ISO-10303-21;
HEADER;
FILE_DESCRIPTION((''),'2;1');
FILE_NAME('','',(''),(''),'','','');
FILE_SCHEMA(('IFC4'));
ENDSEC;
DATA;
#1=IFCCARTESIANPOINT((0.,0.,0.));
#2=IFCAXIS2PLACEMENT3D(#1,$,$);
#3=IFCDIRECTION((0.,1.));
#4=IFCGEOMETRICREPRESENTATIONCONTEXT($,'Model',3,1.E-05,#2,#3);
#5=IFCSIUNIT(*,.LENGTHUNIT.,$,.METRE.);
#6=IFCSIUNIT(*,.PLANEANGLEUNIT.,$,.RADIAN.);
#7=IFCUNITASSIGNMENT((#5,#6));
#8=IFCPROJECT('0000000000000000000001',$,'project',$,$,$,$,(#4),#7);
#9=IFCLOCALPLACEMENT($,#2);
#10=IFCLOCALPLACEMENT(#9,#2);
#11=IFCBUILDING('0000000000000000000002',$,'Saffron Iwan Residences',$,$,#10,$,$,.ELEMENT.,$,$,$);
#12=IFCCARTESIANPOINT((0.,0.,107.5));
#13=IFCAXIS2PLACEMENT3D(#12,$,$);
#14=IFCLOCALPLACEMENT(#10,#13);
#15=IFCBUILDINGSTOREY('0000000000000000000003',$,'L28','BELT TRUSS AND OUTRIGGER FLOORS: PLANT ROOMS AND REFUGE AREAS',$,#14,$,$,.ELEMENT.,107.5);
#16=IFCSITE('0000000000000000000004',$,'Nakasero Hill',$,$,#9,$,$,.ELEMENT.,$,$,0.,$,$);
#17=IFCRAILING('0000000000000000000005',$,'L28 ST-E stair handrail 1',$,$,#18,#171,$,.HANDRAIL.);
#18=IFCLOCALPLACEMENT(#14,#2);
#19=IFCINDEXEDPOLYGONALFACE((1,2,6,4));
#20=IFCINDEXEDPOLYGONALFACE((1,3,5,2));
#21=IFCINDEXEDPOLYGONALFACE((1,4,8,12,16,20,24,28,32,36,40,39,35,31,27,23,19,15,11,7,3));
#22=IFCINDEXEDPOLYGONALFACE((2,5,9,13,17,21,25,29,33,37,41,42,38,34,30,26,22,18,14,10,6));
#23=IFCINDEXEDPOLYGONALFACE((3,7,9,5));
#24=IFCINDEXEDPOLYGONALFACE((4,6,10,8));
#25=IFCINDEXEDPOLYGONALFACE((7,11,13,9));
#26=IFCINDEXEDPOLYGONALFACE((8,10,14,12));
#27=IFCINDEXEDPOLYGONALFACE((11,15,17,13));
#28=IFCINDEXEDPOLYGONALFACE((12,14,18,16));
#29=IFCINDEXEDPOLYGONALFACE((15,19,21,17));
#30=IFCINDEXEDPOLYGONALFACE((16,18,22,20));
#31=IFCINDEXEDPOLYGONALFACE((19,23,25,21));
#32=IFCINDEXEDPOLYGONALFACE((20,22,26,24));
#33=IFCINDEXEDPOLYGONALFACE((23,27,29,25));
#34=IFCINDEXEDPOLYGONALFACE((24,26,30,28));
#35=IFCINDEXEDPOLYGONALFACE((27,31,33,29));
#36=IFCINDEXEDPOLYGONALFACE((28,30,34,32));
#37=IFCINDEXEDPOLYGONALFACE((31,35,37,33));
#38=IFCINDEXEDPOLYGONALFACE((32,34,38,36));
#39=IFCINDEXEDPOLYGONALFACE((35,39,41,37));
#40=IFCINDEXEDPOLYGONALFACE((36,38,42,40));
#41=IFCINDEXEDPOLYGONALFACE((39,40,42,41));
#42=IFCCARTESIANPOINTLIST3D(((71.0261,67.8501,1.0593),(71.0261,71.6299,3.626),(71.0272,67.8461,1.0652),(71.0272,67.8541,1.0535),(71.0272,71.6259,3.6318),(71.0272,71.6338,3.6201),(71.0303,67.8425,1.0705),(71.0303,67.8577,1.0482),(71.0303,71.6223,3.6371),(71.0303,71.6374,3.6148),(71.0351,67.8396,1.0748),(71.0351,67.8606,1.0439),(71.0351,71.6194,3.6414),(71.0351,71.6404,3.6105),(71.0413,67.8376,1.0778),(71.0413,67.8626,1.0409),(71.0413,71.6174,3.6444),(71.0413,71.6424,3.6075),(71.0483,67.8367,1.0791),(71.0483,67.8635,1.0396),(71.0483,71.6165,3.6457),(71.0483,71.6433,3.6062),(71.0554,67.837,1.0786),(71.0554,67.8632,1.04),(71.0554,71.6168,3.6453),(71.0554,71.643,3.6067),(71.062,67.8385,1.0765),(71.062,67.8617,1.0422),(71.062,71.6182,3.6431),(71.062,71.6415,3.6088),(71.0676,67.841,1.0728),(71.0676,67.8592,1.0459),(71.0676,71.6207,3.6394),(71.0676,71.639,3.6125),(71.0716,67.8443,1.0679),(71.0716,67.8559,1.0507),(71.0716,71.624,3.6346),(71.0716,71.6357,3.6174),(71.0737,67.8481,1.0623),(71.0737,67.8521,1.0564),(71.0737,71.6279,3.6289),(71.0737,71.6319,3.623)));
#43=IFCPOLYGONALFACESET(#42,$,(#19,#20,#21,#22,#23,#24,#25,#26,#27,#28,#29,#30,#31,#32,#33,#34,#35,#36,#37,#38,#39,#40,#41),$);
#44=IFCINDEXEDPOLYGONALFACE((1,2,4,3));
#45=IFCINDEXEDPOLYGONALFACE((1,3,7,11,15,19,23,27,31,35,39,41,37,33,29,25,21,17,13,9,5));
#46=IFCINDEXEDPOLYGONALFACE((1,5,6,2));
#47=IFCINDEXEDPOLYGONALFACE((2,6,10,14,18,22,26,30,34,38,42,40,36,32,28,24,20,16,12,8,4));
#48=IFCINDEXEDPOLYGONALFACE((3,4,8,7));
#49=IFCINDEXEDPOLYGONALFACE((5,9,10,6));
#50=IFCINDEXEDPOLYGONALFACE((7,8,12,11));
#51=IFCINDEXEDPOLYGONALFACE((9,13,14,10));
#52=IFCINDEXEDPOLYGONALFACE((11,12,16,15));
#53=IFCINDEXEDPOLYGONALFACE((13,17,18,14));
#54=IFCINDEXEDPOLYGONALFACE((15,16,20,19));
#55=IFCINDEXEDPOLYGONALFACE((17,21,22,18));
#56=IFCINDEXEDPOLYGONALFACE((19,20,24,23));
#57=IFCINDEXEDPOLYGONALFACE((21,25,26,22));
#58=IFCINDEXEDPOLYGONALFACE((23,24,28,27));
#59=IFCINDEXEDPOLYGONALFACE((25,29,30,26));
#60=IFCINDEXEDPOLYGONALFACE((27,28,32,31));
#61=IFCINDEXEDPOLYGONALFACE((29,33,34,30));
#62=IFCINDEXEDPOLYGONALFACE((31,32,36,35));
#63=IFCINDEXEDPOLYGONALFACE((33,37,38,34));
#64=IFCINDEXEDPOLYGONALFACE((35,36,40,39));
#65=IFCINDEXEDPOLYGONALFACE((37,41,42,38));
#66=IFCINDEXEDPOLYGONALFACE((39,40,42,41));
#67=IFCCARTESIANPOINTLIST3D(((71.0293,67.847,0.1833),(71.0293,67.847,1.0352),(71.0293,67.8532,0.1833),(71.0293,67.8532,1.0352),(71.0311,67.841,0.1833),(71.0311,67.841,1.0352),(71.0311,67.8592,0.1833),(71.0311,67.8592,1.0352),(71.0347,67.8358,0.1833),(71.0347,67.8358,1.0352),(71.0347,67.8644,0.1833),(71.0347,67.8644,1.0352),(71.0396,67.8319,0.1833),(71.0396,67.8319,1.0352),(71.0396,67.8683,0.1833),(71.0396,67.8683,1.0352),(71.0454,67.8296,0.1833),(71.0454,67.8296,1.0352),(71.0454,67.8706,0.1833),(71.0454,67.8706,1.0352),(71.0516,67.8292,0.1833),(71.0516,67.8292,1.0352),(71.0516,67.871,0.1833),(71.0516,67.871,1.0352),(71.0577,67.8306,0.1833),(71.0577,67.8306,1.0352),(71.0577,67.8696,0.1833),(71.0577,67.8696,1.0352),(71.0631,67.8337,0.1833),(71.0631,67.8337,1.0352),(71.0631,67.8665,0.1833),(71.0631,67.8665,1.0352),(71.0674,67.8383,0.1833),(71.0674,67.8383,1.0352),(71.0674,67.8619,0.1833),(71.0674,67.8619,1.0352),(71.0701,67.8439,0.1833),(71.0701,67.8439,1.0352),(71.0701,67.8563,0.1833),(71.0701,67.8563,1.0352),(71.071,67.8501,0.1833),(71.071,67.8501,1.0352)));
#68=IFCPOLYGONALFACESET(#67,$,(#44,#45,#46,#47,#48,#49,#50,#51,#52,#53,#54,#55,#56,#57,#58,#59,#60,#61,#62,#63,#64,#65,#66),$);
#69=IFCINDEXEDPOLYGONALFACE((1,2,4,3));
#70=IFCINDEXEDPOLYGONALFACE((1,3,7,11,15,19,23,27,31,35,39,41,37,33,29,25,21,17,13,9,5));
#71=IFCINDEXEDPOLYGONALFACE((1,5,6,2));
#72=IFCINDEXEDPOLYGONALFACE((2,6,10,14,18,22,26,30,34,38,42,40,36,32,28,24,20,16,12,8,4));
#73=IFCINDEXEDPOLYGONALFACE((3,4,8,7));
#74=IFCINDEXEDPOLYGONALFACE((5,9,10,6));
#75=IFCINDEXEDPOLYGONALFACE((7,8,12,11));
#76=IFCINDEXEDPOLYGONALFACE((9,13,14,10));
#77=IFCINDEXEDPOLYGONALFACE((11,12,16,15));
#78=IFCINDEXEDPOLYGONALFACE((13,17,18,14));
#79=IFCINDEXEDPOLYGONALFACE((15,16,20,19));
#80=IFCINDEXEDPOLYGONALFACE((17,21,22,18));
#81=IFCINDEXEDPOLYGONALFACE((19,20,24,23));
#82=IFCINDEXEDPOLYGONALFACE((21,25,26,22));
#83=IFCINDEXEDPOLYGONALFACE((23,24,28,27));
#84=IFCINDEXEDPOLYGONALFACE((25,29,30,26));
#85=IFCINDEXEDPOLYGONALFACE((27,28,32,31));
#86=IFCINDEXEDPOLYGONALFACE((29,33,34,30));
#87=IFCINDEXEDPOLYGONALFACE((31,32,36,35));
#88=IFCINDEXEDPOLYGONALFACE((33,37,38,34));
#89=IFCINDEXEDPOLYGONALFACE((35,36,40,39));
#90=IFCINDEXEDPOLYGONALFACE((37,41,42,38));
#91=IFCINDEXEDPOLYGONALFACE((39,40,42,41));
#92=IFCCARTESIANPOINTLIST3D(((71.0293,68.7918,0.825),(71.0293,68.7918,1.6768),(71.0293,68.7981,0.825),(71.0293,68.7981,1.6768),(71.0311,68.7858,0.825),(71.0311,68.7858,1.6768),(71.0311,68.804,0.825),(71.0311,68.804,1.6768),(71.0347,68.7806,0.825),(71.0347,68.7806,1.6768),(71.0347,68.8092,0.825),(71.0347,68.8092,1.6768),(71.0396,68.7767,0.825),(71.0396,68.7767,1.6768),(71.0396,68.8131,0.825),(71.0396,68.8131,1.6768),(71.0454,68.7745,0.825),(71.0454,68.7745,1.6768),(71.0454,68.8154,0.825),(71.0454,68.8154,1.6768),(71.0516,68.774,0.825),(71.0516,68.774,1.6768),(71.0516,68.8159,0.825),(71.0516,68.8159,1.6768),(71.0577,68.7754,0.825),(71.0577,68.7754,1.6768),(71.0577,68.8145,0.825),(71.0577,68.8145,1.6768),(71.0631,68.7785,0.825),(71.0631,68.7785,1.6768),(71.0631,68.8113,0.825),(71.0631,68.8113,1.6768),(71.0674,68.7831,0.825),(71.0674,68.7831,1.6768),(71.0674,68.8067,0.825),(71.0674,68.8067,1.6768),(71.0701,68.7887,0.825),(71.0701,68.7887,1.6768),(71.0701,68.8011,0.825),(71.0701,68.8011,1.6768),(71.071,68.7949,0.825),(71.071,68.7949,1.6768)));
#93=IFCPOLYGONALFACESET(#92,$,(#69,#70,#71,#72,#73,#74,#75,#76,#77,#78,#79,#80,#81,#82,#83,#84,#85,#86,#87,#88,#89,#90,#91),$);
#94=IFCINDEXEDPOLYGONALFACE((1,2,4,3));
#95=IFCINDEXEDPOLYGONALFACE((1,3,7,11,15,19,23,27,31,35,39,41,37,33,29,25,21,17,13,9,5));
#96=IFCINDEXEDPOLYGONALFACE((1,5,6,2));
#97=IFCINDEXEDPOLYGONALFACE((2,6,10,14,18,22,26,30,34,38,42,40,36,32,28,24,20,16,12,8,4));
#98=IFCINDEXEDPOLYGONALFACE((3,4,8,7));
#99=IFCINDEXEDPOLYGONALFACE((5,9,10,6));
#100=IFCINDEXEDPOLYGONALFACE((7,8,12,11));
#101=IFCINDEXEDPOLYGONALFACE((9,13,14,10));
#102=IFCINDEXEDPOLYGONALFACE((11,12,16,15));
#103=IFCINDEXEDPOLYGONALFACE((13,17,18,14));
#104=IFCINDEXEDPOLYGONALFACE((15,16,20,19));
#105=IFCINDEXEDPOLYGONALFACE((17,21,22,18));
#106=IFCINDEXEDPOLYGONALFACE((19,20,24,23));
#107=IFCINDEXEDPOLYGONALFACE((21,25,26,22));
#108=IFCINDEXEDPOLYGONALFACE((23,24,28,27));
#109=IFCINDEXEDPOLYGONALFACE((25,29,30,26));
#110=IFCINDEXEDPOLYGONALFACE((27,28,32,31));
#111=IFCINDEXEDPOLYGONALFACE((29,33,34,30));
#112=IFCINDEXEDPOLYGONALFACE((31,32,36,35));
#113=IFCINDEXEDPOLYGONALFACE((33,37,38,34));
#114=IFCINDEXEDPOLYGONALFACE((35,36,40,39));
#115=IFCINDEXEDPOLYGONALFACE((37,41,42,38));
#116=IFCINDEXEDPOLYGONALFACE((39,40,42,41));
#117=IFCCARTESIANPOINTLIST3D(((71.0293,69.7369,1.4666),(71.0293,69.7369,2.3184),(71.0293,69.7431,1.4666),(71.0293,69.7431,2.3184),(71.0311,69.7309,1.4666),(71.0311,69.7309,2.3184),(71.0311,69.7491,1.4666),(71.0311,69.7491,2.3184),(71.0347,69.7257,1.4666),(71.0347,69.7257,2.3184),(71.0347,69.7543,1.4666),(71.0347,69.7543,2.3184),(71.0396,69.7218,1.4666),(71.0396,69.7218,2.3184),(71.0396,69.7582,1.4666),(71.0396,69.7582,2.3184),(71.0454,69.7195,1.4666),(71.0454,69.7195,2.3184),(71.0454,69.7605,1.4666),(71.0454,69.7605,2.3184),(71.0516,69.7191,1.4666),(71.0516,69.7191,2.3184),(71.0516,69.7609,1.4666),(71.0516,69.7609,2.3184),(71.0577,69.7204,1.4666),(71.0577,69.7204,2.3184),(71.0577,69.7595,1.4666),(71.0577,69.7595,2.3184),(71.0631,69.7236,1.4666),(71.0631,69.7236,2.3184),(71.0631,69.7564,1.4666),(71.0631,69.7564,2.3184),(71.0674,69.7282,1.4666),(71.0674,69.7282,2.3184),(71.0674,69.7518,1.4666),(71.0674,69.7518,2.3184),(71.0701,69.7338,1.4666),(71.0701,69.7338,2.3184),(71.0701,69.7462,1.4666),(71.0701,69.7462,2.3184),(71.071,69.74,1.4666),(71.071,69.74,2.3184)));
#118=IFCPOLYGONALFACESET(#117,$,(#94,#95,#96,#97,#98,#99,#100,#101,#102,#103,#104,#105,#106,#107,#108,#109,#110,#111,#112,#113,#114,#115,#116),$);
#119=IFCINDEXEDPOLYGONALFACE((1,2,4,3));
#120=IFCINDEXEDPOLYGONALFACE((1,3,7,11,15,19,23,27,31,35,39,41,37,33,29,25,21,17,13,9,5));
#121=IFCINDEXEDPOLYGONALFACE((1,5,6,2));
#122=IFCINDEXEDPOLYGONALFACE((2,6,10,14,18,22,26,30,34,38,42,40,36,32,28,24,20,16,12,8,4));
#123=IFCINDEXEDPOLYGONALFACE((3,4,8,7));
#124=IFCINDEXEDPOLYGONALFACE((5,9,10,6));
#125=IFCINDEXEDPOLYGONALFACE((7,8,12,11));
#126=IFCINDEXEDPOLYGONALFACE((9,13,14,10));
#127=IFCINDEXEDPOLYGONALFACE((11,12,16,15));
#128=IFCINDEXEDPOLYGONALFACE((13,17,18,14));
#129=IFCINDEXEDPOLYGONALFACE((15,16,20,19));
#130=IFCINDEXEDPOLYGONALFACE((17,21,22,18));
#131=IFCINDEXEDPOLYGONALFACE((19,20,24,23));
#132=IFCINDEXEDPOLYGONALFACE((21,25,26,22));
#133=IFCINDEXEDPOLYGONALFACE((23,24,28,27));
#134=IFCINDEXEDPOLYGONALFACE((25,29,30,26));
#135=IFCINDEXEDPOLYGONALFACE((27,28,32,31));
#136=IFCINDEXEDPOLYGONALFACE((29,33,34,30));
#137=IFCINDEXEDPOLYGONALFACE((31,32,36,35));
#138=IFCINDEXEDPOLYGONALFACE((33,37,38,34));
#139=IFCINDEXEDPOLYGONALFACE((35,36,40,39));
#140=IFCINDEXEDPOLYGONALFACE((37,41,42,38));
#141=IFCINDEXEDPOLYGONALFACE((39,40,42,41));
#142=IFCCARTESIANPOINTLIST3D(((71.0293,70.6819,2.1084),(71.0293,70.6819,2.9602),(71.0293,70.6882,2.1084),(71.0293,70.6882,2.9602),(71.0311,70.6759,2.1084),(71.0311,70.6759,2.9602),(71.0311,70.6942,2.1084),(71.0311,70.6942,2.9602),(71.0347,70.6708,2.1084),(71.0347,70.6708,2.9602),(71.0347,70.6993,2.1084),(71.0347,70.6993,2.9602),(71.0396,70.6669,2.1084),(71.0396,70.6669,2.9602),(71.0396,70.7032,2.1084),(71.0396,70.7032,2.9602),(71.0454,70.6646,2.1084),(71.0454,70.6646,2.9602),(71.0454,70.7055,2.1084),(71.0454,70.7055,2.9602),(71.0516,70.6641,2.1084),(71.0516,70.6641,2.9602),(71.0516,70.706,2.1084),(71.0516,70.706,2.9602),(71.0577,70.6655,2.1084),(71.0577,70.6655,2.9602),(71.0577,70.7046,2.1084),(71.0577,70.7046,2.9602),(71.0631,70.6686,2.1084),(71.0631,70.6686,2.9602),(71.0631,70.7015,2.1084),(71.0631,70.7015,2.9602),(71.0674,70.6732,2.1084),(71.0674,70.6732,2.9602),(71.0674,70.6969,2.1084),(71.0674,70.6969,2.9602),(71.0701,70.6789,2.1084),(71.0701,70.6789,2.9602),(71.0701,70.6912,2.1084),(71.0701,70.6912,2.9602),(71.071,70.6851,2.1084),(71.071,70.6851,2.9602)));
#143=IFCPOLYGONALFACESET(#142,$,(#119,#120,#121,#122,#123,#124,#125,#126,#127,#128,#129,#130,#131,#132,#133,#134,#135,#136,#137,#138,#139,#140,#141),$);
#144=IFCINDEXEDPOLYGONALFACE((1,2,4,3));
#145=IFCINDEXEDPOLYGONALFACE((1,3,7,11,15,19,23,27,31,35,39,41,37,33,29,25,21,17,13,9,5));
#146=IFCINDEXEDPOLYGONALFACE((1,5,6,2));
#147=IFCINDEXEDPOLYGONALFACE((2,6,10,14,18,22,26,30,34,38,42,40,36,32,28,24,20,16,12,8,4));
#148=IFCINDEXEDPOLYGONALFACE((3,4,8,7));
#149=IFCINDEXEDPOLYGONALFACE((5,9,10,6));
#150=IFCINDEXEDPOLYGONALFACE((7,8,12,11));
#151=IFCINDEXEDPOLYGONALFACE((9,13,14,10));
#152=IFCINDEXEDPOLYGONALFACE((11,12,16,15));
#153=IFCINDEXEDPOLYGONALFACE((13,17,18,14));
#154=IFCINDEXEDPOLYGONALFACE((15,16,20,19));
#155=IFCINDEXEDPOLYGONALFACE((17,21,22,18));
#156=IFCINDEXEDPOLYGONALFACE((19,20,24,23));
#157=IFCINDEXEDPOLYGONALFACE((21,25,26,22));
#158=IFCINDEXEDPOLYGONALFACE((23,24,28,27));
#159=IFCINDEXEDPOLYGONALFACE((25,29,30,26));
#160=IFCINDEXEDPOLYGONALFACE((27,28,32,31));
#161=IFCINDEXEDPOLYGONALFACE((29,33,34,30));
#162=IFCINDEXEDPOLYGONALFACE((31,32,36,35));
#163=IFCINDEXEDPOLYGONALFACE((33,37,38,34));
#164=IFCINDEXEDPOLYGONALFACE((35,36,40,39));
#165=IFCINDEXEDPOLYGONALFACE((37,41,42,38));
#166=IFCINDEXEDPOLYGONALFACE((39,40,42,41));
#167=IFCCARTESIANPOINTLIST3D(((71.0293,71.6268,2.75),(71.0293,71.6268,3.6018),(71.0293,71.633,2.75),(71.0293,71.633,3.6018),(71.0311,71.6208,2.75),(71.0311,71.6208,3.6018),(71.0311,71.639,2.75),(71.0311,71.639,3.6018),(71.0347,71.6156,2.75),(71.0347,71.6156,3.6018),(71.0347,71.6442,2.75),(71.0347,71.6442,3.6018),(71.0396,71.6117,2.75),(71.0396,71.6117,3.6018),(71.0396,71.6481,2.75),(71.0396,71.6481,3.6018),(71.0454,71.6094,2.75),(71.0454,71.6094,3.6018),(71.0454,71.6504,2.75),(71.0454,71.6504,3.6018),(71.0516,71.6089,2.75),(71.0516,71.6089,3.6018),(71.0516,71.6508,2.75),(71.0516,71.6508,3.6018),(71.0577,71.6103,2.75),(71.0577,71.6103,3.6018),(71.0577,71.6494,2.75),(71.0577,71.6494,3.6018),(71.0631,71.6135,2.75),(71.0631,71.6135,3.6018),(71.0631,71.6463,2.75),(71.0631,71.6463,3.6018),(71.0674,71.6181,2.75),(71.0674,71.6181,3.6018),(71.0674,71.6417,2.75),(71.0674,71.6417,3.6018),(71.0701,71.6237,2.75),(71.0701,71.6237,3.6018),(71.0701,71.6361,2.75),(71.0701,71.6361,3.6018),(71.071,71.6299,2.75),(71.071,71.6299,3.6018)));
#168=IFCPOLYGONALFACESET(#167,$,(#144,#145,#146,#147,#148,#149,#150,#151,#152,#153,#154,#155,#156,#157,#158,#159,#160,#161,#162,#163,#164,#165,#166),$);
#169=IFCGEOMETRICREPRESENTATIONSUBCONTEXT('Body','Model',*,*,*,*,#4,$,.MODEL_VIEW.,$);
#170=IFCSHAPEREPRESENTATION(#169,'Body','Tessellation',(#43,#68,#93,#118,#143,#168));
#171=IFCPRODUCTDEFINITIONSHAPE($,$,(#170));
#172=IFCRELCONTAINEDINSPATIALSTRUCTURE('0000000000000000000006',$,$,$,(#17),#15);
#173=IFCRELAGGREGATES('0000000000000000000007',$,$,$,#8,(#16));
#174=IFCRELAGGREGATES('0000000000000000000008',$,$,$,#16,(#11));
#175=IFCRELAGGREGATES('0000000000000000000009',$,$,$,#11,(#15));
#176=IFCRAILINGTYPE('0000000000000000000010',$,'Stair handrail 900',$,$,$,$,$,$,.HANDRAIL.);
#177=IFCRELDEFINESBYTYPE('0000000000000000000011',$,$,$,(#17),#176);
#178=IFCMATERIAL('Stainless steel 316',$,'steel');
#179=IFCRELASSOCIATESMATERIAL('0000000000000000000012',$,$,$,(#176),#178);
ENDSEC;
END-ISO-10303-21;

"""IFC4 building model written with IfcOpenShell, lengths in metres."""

from ifc_helpers import new_model, si_unit, direction, frame, origin, origin_2d, place, context, subcontext, project, spatial, circle, extrude, material, type_object, element, save


model = new_model("IFC4")

# Units and contexts
model_context = context("Model", 3, precision=1e-05, world=origin(), true_north=direction((0.0, 1.0)))
body_context = subcontext(model_context, "Body", "Model", "MODEL_VIEW")
ifc_project = project(units=[si_unit("LENGTHUNIT", "METRE"), si_unit("PLANEANGLEUNIT", "RADIAN")], contexts=[model_context])

# Site, building, storey
site_placement = place(None, origin())
site = spatial("IfcSite", under=ifc_project, at=site_placement, Name="Nakasero Hill", CompositionType="ELEMENT", RefElevation=0.0)
building_placement = place(site_placement, origin())
building = spatial("IfcBuilding", under=site, at=building_placement, Name="Saffron Iwan Residences", CompositionType="ELEMENT")
storey_placement = place(building_placement, frame((0.0, 0.0, 107.5)))
storey = spatial("IfcBuildingStorey", under=building, at=storey_placement, Name="L28", Description="BELT TRUSS AND OUTRIGGER FLOORS: PLANT ROOMS AND REFUGE AREAS", CompositionType="ELEMENT", Elevation=107.5)

# Railing
ifc_material_1 = material(Name="Stainless steel 316", Category="steel")
railing_type_1 = type_object("IfcRailingType", Name="Stair handrail 900", PredefinedType="HANDRAIL", material=ifc_material_1)
railing_1_placement = place(storey_placement, frame((71.05, 67.8501, 0.1833)))
element("IfcRailing", 1, at=railing_1_placement, inside=storey, type_object=railing_type_1, Name="L28 ST-E stair handrail 1", PredefinedType="HANDRAIL", context=body_context, shape_type="SweptSolid", body=[
    extrude(circle(Radius=0.0239, at=origin_2d()), frame((0.0, 0.0, 0.876), z_axis=(0.0, 0.827293, 0.561771), x_axis=(-1.0, 0.0, 0.0)), (0.0, 0.0, 1.0), 4.5688),
    extrude(circle(Radius=0.021, at=origin_2d()), origin(), (0.0, 0.0, 1.0), 0.8518),
    extrude(circle(Radius=0.021, at=origin_2d()), frame((0.0, 0.9448, 0.6416)), (0.0, 0.0, 1.0), 0.8518),
    extrude(circle(Radius=0.021, at=origin_2d()), frame((0.0, 1.8899, 1.2832)), (0.0, 0.0, 1.0), 0.8518),
    extrude(circle(Radius=0.021, at=origin_2d()), frame((0.0, 2.835, 1.925)), (0.0, 0.0, 1.0), 0.8518),
    extrude(circle(Radius=0.021, at=origin_2d()), frame((0.0, 3.7798, 2.5667)), (0.0, 0.0, 1.0), 0.8518),
])

save(model, "model.ifc")
